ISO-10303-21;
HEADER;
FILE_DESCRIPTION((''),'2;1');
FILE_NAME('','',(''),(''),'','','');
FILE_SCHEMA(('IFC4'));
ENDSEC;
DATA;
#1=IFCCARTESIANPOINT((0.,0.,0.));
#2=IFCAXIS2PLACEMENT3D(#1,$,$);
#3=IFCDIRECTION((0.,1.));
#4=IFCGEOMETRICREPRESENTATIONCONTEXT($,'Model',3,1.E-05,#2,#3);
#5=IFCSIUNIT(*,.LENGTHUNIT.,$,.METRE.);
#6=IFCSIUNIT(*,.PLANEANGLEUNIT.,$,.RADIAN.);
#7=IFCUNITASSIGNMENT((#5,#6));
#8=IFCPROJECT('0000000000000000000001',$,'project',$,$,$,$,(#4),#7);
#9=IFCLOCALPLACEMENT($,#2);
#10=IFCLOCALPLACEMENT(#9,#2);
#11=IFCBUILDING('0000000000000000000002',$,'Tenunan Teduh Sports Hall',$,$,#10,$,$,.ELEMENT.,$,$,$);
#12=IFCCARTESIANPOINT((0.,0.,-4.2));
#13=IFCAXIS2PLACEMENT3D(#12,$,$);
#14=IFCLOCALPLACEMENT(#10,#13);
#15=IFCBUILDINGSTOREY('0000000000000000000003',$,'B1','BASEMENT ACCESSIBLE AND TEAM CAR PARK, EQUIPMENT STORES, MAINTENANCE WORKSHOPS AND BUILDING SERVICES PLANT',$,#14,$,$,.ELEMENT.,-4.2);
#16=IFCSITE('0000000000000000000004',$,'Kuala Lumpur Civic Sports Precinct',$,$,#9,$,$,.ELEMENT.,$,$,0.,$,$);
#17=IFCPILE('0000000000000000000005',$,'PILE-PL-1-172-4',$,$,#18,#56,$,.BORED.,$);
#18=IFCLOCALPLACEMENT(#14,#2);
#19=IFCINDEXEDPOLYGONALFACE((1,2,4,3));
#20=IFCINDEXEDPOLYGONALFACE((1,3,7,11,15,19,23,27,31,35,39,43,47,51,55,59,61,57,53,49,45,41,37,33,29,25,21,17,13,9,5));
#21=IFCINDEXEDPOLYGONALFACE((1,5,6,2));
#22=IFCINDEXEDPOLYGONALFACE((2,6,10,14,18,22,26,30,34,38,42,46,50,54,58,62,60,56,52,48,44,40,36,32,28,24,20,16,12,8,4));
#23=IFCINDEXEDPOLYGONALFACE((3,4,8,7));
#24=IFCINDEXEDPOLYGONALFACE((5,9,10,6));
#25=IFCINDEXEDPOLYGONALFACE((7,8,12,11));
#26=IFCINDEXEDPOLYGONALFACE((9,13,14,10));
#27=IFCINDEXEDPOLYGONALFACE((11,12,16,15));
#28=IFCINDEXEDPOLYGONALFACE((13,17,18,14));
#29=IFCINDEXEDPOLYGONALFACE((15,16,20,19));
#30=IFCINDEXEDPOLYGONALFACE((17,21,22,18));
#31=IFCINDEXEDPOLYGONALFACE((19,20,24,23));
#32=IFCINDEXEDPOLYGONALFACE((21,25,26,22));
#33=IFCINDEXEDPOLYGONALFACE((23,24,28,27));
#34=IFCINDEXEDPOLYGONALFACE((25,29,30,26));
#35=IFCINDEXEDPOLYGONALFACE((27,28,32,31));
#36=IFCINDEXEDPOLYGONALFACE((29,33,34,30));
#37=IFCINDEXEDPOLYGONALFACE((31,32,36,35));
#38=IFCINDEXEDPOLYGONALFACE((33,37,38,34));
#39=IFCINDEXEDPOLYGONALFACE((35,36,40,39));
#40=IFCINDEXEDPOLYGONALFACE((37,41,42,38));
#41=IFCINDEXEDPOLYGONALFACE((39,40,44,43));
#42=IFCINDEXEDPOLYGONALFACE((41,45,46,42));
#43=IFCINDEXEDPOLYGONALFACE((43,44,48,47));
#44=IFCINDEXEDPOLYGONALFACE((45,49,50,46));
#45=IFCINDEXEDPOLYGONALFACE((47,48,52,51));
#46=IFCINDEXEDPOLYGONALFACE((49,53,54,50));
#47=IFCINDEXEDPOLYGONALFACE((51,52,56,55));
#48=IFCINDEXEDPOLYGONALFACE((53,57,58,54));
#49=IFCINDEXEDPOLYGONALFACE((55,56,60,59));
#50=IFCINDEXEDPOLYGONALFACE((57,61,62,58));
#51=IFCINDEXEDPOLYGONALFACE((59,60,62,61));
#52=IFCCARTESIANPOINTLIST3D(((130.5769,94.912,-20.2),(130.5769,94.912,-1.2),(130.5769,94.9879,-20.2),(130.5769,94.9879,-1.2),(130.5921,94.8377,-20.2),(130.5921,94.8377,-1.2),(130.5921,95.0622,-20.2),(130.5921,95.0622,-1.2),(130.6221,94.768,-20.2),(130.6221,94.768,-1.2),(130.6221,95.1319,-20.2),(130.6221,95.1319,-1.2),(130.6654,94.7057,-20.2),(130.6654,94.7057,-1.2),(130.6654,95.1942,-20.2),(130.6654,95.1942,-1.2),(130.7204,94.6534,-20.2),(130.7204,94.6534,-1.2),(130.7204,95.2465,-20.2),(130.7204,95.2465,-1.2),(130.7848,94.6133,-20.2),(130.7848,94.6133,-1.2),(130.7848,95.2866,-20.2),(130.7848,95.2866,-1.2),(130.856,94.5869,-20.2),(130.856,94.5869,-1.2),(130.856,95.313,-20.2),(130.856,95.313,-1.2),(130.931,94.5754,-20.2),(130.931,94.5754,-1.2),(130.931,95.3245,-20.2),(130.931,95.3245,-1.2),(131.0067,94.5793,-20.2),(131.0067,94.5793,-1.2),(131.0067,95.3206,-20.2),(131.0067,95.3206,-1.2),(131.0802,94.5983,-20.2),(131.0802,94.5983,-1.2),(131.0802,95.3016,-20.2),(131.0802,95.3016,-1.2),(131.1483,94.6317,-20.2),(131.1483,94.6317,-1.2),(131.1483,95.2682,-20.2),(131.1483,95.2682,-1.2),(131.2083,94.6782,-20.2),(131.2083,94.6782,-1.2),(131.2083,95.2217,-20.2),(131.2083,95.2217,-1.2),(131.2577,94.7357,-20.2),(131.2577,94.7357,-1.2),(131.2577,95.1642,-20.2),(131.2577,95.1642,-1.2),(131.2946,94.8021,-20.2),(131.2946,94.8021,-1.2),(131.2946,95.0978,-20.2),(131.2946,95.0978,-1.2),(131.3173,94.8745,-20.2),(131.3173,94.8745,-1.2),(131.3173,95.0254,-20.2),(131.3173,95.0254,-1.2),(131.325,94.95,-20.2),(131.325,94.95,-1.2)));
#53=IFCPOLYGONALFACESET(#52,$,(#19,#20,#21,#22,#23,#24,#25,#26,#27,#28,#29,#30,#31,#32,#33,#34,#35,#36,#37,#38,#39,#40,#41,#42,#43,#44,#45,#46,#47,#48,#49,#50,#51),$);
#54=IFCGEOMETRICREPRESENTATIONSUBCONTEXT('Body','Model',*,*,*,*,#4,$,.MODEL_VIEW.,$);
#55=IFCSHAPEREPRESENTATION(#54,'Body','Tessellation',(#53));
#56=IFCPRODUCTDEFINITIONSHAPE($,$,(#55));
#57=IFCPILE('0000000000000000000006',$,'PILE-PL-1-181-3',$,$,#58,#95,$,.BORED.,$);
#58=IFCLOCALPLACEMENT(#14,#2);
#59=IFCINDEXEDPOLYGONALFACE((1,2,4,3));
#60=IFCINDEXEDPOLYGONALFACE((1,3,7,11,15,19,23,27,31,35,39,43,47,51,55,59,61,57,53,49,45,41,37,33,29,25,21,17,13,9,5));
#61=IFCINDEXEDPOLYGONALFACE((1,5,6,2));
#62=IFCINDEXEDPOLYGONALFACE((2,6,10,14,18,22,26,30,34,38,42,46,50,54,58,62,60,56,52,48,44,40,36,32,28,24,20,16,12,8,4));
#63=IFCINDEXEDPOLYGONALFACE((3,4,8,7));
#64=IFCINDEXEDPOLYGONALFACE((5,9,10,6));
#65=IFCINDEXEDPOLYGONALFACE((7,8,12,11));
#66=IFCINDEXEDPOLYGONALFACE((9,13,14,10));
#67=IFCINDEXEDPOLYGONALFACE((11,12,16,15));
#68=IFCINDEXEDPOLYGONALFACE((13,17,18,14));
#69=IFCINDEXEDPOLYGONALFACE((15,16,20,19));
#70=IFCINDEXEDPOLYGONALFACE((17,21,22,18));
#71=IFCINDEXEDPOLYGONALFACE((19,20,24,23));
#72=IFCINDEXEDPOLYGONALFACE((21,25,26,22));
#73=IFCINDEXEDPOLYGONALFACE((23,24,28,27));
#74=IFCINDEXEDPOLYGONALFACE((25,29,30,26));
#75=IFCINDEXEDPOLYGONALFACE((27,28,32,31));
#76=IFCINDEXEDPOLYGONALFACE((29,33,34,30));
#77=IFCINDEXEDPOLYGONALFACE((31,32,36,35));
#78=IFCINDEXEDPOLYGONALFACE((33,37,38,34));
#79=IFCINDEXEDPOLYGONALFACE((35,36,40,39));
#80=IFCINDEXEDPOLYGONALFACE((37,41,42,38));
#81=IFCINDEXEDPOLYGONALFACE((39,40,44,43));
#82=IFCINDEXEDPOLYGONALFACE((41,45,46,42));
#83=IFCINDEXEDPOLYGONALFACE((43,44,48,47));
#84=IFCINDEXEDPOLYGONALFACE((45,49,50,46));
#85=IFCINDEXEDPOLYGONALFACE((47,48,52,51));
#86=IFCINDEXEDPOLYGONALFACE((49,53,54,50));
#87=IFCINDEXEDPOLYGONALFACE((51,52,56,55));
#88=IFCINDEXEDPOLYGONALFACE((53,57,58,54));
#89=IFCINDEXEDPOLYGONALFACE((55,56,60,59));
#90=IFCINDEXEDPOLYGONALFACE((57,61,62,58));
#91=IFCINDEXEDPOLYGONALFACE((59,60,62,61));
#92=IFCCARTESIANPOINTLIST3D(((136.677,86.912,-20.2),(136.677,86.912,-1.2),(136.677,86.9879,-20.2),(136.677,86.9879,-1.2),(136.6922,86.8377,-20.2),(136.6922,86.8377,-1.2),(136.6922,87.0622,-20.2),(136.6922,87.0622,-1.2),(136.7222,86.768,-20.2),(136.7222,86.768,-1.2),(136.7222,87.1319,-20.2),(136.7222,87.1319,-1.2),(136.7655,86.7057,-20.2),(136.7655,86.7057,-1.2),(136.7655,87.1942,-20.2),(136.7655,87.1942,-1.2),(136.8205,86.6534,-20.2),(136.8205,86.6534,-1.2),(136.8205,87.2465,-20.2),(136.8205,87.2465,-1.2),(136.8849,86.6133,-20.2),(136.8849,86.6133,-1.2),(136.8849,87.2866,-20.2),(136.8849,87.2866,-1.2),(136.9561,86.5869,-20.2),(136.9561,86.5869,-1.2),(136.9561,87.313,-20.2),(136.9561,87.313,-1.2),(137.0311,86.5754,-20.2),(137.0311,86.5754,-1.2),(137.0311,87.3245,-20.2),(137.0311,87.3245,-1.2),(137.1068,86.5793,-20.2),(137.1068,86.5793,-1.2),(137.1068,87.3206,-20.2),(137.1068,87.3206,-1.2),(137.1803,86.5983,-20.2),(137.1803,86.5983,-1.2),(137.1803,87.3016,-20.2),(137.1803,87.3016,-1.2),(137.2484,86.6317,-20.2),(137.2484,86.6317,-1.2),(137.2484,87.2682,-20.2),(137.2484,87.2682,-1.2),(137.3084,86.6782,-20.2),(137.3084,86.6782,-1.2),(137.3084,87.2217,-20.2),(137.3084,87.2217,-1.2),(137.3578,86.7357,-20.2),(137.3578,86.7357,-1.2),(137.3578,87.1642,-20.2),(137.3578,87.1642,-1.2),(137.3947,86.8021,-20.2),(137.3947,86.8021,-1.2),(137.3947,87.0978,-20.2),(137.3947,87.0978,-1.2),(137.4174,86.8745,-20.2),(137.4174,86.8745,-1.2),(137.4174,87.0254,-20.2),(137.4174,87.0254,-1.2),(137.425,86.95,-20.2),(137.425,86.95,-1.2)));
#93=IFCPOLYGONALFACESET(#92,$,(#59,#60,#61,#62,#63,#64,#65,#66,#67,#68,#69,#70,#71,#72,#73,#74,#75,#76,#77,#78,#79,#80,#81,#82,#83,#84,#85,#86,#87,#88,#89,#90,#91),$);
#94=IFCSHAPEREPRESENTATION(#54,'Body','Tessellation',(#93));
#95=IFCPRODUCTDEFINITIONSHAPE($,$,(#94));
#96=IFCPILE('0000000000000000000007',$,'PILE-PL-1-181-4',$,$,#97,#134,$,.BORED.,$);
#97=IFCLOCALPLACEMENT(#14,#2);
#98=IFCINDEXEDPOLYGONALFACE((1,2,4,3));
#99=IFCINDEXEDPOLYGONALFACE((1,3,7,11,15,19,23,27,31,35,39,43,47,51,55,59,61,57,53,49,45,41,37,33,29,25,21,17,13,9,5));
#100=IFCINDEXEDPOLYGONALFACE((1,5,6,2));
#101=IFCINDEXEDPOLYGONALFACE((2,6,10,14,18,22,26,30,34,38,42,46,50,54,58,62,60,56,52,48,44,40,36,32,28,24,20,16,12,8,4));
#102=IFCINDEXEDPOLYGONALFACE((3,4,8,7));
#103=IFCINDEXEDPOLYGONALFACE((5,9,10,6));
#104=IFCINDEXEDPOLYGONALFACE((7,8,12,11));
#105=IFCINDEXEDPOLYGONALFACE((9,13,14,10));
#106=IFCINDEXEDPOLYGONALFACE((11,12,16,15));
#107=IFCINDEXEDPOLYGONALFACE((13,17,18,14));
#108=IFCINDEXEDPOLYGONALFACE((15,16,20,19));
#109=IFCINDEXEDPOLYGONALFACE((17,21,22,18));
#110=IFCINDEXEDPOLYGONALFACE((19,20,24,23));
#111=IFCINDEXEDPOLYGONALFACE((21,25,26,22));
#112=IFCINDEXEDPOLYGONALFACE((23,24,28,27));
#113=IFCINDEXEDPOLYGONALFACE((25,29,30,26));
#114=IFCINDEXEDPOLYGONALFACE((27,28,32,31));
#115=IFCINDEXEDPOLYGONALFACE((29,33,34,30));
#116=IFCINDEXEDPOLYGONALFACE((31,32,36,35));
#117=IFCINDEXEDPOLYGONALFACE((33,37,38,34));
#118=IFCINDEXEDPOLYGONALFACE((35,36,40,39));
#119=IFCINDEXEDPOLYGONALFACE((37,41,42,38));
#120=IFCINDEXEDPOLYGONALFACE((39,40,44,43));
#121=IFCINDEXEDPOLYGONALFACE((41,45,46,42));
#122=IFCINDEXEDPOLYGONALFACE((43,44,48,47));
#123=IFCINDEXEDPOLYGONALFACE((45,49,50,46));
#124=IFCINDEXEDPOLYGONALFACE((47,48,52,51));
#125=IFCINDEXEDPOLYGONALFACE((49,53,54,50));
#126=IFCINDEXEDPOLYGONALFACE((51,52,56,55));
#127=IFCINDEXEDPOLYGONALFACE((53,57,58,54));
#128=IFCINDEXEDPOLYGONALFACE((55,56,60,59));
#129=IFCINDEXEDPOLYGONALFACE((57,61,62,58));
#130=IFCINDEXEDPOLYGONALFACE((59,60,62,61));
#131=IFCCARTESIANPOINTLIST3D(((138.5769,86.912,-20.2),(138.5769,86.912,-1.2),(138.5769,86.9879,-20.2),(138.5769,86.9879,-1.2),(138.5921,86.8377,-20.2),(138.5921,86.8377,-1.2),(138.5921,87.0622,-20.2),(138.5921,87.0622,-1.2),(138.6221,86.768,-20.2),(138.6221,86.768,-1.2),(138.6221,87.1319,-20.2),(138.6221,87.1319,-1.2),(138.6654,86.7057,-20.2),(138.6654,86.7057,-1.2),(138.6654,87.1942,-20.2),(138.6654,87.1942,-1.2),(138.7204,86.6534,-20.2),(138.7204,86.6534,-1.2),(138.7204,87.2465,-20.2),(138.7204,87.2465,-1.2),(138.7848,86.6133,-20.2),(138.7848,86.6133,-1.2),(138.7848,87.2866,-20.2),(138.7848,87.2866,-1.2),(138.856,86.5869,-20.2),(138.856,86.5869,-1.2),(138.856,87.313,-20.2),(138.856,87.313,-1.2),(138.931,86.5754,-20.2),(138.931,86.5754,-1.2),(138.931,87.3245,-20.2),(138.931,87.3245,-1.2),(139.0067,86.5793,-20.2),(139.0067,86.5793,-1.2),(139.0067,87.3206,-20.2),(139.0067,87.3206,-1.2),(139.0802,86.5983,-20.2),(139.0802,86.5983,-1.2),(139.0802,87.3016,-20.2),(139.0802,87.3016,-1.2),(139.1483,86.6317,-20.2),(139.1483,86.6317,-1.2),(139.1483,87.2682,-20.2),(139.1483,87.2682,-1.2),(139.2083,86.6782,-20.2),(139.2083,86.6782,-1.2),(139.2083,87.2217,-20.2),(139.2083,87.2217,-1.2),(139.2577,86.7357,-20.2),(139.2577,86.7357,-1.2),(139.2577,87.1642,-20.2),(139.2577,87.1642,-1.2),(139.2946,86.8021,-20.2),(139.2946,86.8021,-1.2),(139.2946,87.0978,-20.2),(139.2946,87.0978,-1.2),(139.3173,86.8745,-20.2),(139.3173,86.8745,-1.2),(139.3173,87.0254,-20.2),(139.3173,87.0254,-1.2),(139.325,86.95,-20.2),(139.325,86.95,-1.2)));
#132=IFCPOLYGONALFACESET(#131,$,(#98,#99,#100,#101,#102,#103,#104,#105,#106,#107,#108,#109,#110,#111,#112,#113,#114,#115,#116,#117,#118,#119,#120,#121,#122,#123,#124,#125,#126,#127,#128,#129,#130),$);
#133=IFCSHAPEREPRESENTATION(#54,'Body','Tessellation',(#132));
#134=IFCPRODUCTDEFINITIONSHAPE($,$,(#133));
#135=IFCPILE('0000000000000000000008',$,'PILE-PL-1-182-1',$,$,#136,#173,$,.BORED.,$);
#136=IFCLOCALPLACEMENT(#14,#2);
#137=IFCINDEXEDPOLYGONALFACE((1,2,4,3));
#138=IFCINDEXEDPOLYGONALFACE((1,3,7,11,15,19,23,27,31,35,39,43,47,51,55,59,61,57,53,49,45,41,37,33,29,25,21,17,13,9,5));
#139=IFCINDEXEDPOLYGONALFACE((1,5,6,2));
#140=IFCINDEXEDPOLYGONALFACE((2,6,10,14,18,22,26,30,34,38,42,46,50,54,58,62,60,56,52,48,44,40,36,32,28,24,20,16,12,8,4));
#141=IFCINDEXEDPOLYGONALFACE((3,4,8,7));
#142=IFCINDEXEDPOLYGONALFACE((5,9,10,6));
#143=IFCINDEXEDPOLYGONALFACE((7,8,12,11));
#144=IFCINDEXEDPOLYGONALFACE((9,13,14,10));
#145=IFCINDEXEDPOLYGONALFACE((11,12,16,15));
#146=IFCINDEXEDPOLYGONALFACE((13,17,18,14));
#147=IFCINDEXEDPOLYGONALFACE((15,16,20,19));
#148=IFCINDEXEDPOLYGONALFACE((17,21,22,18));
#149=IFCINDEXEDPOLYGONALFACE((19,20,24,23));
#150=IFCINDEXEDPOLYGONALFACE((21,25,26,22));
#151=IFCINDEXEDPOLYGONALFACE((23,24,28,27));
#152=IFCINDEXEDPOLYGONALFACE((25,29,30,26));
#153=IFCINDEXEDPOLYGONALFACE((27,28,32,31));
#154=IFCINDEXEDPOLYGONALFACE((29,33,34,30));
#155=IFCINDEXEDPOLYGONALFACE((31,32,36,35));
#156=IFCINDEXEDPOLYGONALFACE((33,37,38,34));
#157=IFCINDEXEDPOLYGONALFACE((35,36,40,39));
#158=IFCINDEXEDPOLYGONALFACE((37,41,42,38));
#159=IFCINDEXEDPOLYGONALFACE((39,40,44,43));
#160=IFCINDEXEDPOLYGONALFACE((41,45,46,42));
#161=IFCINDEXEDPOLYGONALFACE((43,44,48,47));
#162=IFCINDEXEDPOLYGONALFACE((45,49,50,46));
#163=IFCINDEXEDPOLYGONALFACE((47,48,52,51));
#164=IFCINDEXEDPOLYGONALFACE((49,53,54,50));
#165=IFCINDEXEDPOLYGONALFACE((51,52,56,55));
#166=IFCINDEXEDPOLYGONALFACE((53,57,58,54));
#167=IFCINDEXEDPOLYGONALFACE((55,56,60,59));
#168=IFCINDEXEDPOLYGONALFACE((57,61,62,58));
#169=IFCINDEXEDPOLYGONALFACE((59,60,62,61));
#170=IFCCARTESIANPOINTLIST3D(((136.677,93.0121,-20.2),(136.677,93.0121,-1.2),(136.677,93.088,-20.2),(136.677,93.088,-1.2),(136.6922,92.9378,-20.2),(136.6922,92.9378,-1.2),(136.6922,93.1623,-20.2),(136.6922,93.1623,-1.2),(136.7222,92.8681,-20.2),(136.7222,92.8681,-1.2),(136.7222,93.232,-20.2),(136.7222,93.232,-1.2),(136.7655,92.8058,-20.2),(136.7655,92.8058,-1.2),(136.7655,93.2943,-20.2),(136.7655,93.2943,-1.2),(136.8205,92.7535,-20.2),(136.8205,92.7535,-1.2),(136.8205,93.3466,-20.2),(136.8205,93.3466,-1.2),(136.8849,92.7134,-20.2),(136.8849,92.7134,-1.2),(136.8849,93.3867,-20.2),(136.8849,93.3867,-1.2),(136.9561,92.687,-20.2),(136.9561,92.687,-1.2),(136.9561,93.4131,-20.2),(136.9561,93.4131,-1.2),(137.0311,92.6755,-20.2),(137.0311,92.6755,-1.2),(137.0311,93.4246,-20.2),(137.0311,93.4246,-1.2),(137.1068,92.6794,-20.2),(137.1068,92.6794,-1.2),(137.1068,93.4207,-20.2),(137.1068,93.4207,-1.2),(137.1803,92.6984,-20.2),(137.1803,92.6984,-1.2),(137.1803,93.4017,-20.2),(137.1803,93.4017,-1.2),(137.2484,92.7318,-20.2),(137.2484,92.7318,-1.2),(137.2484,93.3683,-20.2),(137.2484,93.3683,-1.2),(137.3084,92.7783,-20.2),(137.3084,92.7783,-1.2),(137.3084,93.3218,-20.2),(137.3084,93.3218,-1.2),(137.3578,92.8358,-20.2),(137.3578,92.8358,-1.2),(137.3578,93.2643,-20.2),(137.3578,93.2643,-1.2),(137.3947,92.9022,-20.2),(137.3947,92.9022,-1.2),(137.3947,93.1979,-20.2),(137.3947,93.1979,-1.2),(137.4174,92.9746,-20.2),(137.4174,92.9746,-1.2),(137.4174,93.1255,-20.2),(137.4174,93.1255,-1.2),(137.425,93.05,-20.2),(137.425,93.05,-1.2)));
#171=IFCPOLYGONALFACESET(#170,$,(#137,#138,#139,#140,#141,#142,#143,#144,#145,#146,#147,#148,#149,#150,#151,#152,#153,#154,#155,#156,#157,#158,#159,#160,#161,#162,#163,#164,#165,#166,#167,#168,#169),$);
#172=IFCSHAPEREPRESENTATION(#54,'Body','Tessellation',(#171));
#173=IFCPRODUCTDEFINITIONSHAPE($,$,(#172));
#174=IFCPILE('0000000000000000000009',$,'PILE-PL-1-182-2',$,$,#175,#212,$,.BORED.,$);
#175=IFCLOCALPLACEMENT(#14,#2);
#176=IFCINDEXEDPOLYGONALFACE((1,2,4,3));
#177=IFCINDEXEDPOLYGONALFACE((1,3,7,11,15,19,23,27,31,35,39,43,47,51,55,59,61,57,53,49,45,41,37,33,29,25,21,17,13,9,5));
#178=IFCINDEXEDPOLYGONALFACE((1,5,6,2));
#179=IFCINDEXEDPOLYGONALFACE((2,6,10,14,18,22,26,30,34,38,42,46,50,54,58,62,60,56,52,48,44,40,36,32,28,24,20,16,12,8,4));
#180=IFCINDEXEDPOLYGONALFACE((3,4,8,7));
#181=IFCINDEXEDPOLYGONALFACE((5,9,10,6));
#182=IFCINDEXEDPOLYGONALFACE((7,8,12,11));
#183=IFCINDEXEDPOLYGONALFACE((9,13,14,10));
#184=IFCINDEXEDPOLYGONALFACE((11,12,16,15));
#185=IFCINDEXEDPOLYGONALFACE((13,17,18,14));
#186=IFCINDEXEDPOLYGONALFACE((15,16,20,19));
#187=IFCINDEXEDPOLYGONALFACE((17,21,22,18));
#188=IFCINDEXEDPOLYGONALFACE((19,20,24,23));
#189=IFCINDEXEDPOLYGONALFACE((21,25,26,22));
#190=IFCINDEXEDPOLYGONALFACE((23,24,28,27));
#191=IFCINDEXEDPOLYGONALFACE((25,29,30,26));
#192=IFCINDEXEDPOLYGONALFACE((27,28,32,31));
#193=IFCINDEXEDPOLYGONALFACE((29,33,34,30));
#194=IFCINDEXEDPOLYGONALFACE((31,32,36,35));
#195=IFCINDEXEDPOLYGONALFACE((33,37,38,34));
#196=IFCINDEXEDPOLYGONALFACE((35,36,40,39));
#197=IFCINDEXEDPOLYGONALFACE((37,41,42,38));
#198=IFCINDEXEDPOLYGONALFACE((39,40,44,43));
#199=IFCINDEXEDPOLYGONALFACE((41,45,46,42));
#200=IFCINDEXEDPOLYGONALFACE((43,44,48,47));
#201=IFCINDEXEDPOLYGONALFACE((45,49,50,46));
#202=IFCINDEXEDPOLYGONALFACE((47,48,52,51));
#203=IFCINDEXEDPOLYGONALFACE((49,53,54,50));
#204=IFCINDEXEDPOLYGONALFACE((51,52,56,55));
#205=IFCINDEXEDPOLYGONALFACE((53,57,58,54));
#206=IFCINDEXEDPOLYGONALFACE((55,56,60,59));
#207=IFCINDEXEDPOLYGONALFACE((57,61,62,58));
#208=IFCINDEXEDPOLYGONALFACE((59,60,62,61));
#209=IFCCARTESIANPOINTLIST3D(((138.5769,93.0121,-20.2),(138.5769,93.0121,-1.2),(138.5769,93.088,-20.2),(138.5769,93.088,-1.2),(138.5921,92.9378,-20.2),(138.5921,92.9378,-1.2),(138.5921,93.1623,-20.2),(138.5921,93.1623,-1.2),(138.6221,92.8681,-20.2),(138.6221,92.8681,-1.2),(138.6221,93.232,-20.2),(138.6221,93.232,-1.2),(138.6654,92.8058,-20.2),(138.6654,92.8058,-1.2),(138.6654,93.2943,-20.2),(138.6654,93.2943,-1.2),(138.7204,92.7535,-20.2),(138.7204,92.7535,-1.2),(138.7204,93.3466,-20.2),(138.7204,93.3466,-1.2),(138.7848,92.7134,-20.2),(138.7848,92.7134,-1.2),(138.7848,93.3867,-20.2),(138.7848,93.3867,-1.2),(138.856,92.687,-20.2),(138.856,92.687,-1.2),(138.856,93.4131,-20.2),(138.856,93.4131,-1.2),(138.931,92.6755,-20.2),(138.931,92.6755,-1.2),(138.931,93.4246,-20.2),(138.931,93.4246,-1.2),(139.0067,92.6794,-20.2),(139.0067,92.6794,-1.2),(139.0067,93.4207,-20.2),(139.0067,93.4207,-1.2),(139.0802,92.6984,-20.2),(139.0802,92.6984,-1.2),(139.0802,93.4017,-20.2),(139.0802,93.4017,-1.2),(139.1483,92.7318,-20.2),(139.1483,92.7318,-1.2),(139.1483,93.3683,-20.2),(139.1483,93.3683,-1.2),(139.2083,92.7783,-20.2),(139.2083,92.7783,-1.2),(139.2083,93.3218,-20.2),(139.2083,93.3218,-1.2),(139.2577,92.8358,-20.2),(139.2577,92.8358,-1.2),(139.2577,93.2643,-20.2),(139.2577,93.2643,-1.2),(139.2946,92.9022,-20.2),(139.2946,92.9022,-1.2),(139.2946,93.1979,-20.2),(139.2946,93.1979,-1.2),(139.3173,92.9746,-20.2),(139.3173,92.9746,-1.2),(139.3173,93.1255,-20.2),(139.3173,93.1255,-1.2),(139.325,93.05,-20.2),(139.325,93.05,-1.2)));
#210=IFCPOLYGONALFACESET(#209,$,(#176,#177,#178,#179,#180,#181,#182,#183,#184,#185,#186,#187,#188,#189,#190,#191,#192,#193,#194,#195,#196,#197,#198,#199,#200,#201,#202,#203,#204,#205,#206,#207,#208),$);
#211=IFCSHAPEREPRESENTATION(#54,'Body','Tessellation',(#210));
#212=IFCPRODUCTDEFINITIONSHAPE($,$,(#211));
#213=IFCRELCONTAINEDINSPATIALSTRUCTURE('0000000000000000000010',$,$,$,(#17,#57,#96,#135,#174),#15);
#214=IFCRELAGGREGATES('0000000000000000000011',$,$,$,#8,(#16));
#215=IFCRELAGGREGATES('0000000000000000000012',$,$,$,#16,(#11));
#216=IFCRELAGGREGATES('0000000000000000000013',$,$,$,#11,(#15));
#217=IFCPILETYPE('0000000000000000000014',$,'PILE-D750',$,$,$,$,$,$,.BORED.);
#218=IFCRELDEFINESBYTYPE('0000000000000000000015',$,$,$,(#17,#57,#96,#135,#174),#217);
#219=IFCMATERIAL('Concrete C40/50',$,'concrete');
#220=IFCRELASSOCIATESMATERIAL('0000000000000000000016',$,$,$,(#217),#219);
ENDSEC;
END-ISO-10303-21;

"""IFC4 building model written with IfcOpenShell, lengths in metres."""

from ifc_helpers import new_model, si_unit, direction, frame, origin, origin_2d, place, context, subcontext, project, spatial, circle, extrude, material, material_profile, profile_set, type_object, element, save


model = new_model("IFC4")

# Units and contexts
model_context = context("Model", 3, precision=1e-05, world=origin(), true_north=direction((0.0, 1.0)))
body_context = subcontext(model_context, "Body", "Model", "MODEL_VIEW")
ifc_project = project(units=[si_unit("LENGTHUNIT", "METRE"), si_unit("PLANEANGLEUNIT", "RADIAN")], contexts=[model_context])

# Site, building, storey
site_placement = place(None, origin())
site = spatial("IfcSite", under=ifc_project, at=site_placement, Name="Kuala Lumpur Civic Sports Precinct", CompositionType="ELEMENT", RefElevation=0.0)
building_placement = place(site_placement, origin())
building = spatial("IfcBuilding", under=site, at=building_placement, Name="Tenunan Teduh Sports Hall", CompositionType="ELEMENT")
storey_placement = place(building_placement, frame((0.0, 0.0, -4.2)))
storey = spatial("IfcBuildingStorey", under=building, at=storey_placement, Name="B1", Description="BASEMENT ACCESSIBLE AND TEAM CAR PARK, EQUIPMENT STORES, MAINTENANCE WORKSHOPS AND BUILDING SERVICES PLANT", CompositionType="ELEMENT", Elevation=-4.2)

# Piles
ifc_material_1 = material(Name="Concrete C40/50", Category="concrete")
ifc_material_profile_1 = material_profile(ifc_material_1, circle(Radius=0.375, at=origin_2d()), Name="PILE D750")
ifc_profile_set_1 = profile_set([ifc_material_profile_1], Name="Concrete C40/50")
pile_type = type_object("IfcPileType", Name="PILE-D750", PredefinedType="BORED", material=ifc_profile_set_1)
for number, where, z_axis, x_axis, name in (
    (1, (130.95, 94.95, -1.2), (0.0, 0.0, -1.0), (1.0, 0.0, 0.0), "PILE-PL-1-172-4"),
    (2, (137.05, 86.95, -1.2), (0.0, 0.0, -1.0), (1.0, 0.0, 0.0), "PILE-PL-1-181-3"),
    (3, (138.95, 86.95, -1.2), (0.0, 0.0, -1.0), (1.0, 0.0, 0.0), "PILE-PL-1-181-4"),
    (4, (137.05, 93.05, -1.2), (0.0, 0.0, -1.0), (1.0, 0.0, 0.0), "PILE-PL-1-182-1"),
    (5, (138.95, 93.05, -1.2), (0.0, 0.0, -1.0), (1.0, 0.0, 0.0), "PILE-PL-1-182-2"),
):
    element("IfcPile", number, at=place(storey_placement, frame(where, z_axis=z_axis, x_axis=x_axis)), inside=storey, type_object=pile_type, Name=name, PredefinedType="BORED", context=body_context, shape_type="SweptSolid", body=[
        extrude(circle(Radius=0.375, at=origin_2d()), origin(), (0.0, 0.0, 1.0), 19.0),
    ])

save(model, "model.ifc")
